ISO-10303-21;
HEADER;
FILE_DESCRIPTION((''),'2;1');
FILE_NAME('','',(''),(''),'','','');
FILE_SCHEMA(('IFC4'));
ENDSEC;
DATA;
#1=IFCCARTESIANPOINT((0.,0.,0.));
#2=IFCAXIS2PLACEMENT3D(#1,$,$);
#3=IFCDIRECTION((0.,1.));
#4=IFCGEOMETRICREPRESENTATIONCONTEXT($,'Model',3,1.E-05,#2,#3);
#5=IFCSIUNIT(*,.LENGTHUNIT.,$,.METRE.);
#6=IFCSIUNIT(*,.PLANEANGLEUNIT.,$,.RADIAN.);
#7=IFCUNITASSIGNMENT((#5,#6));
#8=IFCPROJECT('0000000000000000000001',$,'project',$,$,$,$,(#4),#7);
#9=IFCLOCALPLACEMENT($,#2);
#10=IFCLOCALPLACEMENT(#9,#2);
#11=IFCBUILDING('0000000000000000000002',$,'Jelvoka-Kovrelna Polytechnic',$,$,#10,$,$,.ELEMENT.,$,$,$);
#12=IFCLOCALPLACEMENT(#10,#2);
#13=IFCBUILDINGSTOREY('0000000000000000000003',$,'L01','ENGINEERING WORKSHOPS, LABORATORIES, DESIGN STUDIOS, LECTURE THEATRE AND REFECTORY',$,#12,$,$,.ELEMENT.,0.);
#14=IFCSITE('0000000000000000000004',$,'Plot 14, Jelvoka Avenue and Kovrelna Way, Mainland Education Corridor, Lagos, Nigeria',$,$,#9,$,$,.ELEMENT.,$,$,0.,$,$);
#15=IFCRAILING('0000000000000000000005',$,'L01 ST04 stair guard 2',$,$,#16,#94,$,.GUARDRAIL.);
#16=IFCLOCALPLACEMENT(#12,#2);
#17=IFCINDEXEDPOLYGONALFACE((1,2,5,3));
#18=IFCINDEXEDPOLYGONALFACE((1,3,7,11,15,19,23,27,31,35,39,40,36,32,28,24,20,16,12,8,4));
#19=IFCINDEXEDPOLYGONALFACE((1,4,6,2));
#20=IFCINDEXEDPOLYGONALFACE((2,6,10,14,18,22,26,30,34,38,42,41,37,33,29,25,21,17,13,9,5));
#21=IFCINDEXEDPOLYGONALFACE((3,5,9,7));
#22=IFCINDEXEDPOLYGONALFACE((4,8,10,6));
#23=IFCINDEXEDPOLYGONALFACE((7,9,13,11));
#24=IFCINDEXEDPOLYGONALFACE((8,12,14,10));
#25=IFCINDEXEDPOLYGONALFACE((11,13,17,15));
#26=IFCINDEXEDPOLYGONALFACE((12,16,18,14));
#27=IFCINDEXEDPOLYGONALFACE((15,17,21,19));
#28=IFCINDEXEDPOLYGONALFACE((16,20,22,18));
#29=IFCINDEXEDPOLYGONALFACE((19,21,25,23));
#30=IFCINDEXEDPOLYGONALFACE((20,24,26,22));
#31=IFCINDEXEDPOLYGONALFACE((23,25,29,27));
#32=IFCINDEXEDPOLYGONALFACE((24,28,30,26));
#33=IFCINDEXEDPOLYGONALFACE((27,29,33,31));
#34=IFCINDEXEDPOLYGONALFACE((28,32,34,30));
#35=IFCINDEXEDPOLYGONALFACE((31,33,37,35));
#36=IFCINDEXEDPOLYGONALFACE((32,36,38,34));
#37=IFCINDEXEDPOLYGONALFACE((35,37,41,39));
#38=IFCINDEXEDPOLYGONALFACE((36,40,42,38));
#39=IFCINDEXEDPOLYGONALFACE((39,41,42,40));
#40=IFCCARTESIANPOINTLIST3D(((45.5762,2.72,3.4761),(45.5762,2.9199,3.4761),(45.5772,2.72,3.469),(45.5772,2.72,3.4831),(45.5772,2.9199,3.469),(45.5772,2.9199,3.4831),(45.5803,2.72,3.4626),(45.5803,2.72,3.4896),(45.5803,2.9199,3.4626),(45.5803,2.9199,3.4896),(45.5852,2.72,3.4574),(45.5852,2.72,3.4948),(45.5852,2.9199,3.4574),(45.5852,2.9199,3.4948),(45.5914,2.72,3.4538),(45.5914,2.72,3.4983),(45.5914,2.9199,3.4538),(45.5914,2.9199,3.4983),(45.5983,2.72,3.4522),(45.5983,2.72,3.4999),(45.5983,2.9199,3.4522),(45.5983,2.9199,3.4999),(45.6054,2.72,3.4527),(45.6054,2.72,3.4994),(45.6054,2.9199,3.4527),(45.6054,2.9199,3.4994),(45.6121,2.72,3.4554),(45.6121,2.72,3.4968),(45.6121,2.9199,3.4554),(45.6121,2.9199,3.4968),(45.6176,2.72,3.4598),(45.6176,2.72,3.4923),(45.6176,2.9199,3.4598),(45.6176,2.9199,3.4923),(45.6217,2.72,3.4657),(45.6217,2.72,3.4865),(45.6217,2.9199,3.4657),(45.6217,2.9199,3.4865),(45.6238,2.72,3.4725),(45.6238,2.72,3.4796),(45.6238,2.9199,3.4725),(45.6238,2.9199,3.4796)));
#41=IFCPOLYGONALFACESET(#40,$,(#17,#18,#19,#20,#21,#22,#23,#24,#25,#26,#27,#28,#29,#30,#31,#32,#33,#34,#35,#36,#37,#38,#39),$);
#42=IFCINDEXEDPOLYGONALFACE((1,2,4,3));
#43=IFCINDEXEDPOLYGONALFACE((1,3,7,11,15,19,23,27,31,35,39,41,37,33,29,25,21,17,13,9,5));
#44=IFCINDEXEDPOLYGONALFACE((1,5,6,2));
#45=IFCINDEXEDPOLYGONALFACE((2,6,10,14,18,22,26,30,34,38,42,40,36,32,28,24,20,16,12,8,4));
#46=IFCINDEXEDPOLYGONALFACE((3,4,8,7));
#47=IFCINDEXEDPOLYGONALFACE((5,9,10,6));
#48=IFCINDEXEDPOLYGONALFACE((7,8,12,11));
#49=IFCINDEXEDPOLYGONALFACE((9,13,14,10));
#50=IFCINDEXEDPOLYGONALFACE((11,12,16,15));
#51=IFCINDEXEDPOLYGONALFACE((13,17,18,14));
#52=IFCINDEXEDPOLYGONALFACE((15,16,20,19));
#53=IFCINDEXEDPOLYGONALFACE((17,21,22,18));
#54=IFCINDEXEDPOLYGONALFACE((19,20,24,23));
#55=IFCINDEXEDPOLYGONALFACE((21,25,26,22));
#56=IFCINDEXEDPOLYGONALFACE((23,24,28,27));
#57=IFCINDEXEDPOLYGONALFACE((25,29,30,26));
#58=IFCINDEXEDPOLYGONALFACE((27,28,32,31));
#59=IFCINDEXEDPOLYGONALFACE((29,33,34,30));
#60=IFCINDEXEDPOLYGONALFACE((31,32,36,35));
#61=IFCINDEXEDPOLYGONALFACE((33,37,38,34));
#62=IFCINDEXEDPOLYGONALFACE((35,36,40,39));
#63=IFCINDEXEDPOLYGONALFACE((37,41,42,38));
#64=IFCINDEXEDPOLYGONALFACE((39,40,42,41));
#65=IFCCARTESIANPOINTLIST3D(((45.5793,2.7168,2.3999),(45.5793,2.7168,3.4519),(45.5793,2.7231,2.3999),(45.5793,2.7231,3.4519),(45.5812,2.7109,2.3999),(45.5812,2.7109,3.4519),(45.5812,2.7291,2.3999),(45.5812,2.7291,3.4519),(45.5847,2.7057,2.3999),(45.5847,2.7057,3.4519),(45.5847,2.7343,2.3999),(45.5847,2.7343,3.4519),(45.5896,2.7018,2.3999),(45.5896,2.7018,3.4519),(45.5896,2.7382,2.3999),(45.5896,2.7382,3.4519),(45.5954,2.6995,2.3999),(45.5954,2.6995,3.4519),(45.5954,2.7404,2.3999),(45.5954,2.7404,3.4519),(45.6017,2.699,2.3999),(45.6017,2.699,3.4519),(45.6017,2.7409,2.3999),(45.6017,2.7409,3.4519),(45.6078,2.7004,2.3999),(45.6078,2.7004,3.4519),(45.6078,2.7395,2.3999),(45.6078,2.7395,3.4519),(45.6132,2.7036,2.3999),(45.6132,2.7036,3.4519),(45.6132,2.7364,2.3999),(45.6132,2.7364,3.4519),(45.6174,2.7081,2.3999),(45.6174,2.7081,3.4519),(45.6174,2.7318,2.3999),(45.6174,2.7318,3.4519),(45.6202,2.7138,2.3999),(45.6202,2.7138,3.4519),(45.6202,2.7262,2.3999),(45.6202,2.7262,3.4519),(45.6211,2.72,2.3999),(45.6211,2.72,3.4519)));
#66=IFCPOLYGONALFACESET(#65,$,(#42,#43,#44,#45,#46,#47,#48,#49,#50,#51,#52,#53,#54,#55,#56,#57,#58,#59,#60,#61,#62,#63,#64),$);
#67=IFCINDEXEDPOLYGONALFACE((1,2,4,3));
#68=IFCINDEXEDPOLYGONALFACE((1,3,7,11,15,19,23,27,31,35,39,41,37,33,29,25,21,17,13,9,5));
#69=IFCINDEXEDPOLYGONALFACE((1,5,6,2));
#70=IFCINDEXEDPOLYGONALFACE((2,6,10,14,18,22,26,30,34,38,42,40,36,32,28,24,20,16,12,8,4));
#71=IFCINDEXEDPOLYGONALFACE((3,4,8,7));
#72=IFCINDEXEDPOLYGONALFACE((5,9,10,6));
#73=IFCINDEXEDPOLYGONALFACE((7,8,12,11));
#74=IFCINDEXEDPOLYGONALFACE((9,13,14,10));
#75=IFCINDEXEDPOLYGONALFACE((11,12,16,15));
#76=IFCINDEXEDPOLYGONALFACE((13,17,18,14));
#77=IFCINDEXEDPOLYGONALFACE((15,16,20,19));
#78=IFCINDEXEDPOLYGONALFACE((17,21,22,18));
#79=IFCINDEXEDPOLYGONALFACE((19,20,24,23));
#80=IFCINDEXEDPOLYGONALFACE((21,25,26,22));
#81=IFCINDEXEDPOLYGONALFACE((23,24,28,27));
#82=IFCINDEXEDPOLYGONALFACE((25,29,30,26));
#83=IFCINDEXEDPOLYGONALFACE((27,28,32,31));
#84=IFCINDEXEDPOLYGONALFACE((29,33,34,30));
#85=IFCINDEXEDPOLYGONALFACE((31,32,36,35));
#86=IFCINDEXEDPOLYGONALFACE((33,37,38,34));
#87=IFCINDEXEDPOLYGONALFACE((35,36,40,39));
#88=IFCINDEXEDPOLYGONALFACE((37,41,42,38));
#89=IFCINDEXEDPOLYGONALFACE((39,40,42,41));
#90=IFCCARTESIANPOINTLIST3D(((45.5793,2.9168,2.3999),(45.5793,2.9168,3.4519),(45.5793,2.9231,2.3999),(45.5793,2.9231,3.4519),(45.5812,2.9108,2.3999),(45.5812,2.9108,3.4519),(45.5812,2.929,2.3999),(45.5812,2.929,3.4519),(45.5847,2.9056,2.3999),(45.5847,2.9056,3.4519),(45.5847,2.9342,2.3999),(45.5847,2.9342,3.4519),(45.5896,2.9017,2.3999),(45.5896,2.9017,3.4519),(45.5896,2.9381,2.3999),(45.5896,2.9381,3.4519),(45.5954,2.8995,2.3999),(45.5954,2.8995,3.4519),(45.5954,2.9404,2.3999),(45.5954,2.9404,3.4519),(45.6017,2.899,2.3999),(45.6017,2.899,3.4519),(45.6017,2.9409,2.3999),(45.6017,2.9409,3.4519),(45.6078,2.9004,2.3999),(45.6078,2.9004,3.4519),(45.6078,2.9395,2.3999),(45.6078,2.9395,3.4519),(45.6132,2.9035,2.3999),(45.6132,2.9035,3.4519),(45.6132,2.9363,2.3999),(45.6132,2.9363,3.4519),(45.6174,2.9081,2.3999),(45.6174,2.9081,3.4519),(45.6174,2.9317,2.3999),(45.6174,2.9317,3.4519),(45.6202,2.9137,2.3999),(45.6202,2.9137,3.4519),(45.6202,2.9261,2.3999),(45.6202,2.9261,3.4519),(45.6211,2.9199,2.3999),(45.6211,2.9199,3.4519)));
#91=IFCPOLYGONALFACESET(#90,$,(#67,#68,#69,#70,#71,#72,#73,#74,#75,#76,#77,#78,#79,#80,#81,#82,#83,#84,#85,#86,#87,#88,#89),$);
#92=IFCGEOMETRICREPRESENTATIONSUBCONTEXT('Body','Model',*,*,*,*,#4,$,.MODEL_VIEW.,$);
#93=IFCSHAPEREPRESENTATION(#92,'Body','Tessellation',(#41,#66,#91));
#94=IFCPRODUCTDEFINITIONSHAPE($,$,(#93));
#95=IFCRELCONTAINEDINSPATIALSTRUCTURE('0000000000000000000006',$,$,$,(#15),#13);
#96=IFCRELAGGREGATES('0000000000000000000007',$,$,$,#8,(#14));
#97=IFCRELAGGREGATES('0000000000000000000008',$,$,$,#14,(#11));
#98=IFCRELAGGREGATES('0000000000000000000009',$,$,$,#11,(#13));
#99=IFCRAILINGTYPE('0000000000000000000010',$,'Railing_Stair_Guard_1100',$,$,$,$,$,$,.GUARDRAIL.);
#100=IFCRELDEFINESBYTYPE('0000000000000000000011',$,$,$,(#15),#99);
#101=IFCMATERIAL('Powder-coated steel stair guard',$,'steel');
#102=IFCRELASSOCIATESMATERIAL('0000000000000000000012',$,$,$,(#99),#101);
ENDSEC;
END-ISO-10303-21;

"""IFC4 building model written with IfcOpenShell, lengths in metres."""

from ifc_helpers import new_model, si_unit, direction, frame, origin, origin_2d, place, context, subcontext, project, spatial, circle, extrude, material, type_object, element, save


model = new_model("IFC4")

# Units and contexts
model_context = context("Model", 3, precision=1e-05, world=origin(), true_north=direction((0.0, 1.0)))
body_context = subcontext(model_context, "Body", "Model", "MODEL_VIEW")
ifc_project = project(units=[si_unit("LENGTHUNIT", "METRE"), si_unit("PLANEANGLEUNIT", "RADIAN")], contexts=[model_context])

# Site, building, storey
site_placement = place(None, origin())
site = spatial("IfcSite", under=ifc_project, at=site_placement, Name="Plot 14, Jelvoka Avenue and Kovrelna Way, Mainland Education Corridor, Lagos, Nigeria", CompositionType="ELEMENT", RefElevation=0.0)
building_placement = place(site_placement, origin())
building = spatial("IfcBuilding", under=site, at=building_placement, Name="Jelvoka-Kovrelna Polytechnic", CompositionType="ELEMENT")
storey_placement = place(building_placement, origin())
storey = spatial("IfcBuildingStorey", under=building, at=storey_placement, Name="L01", Description="ENGINEERING WORKSHOPS, LABORATORIES, DESIGN STUDIOS, LECTURE THEATRE AND REFECTORY", CompositionType="ELEMENT", Elevation=0.0)

# Railing
ifc_material_1 = material(Name="Powder-coated steel stair guard", Category="steel")
railing_type = type_object("IfcRailingType", Name="Railing_Stair_Guard_1100", PredefinedType="GUARDRAIL", material=ifc_material_1)
railing_placement = place(storey_placement, frame((45.6001, 2.72, 2.3999)))
element("IfcRailing", 1, at=railing_placement, inside=storey, type_object=railing_type, Name="L01 ST04 stair guard 2", PredefinedType="GUARDRAIL", context=body_context, shape_type="SweptSolid", body=[
    extrude(circle(Radius=0.0239, at=origin_2d()), frame((0.0, 0.0, 1.0762), z_axis=(0.0, 1.0, 0.0), x_axis=(-1.0, 0.0, 0.0)), (0.0, 0.0, 1.0), 0.2),
    extrude(circle(Radius=0.021, at=origin_2d()), origin(), (0.0, 0.0, 1.0), 1.052),
    extrude(circle(Radius=0.021, at=origin_2d()), frame((0.0, 0.2, 0.0)), (0.0, 0.0, 1.0), 1.052),
])

save(model, "model.ifc")
